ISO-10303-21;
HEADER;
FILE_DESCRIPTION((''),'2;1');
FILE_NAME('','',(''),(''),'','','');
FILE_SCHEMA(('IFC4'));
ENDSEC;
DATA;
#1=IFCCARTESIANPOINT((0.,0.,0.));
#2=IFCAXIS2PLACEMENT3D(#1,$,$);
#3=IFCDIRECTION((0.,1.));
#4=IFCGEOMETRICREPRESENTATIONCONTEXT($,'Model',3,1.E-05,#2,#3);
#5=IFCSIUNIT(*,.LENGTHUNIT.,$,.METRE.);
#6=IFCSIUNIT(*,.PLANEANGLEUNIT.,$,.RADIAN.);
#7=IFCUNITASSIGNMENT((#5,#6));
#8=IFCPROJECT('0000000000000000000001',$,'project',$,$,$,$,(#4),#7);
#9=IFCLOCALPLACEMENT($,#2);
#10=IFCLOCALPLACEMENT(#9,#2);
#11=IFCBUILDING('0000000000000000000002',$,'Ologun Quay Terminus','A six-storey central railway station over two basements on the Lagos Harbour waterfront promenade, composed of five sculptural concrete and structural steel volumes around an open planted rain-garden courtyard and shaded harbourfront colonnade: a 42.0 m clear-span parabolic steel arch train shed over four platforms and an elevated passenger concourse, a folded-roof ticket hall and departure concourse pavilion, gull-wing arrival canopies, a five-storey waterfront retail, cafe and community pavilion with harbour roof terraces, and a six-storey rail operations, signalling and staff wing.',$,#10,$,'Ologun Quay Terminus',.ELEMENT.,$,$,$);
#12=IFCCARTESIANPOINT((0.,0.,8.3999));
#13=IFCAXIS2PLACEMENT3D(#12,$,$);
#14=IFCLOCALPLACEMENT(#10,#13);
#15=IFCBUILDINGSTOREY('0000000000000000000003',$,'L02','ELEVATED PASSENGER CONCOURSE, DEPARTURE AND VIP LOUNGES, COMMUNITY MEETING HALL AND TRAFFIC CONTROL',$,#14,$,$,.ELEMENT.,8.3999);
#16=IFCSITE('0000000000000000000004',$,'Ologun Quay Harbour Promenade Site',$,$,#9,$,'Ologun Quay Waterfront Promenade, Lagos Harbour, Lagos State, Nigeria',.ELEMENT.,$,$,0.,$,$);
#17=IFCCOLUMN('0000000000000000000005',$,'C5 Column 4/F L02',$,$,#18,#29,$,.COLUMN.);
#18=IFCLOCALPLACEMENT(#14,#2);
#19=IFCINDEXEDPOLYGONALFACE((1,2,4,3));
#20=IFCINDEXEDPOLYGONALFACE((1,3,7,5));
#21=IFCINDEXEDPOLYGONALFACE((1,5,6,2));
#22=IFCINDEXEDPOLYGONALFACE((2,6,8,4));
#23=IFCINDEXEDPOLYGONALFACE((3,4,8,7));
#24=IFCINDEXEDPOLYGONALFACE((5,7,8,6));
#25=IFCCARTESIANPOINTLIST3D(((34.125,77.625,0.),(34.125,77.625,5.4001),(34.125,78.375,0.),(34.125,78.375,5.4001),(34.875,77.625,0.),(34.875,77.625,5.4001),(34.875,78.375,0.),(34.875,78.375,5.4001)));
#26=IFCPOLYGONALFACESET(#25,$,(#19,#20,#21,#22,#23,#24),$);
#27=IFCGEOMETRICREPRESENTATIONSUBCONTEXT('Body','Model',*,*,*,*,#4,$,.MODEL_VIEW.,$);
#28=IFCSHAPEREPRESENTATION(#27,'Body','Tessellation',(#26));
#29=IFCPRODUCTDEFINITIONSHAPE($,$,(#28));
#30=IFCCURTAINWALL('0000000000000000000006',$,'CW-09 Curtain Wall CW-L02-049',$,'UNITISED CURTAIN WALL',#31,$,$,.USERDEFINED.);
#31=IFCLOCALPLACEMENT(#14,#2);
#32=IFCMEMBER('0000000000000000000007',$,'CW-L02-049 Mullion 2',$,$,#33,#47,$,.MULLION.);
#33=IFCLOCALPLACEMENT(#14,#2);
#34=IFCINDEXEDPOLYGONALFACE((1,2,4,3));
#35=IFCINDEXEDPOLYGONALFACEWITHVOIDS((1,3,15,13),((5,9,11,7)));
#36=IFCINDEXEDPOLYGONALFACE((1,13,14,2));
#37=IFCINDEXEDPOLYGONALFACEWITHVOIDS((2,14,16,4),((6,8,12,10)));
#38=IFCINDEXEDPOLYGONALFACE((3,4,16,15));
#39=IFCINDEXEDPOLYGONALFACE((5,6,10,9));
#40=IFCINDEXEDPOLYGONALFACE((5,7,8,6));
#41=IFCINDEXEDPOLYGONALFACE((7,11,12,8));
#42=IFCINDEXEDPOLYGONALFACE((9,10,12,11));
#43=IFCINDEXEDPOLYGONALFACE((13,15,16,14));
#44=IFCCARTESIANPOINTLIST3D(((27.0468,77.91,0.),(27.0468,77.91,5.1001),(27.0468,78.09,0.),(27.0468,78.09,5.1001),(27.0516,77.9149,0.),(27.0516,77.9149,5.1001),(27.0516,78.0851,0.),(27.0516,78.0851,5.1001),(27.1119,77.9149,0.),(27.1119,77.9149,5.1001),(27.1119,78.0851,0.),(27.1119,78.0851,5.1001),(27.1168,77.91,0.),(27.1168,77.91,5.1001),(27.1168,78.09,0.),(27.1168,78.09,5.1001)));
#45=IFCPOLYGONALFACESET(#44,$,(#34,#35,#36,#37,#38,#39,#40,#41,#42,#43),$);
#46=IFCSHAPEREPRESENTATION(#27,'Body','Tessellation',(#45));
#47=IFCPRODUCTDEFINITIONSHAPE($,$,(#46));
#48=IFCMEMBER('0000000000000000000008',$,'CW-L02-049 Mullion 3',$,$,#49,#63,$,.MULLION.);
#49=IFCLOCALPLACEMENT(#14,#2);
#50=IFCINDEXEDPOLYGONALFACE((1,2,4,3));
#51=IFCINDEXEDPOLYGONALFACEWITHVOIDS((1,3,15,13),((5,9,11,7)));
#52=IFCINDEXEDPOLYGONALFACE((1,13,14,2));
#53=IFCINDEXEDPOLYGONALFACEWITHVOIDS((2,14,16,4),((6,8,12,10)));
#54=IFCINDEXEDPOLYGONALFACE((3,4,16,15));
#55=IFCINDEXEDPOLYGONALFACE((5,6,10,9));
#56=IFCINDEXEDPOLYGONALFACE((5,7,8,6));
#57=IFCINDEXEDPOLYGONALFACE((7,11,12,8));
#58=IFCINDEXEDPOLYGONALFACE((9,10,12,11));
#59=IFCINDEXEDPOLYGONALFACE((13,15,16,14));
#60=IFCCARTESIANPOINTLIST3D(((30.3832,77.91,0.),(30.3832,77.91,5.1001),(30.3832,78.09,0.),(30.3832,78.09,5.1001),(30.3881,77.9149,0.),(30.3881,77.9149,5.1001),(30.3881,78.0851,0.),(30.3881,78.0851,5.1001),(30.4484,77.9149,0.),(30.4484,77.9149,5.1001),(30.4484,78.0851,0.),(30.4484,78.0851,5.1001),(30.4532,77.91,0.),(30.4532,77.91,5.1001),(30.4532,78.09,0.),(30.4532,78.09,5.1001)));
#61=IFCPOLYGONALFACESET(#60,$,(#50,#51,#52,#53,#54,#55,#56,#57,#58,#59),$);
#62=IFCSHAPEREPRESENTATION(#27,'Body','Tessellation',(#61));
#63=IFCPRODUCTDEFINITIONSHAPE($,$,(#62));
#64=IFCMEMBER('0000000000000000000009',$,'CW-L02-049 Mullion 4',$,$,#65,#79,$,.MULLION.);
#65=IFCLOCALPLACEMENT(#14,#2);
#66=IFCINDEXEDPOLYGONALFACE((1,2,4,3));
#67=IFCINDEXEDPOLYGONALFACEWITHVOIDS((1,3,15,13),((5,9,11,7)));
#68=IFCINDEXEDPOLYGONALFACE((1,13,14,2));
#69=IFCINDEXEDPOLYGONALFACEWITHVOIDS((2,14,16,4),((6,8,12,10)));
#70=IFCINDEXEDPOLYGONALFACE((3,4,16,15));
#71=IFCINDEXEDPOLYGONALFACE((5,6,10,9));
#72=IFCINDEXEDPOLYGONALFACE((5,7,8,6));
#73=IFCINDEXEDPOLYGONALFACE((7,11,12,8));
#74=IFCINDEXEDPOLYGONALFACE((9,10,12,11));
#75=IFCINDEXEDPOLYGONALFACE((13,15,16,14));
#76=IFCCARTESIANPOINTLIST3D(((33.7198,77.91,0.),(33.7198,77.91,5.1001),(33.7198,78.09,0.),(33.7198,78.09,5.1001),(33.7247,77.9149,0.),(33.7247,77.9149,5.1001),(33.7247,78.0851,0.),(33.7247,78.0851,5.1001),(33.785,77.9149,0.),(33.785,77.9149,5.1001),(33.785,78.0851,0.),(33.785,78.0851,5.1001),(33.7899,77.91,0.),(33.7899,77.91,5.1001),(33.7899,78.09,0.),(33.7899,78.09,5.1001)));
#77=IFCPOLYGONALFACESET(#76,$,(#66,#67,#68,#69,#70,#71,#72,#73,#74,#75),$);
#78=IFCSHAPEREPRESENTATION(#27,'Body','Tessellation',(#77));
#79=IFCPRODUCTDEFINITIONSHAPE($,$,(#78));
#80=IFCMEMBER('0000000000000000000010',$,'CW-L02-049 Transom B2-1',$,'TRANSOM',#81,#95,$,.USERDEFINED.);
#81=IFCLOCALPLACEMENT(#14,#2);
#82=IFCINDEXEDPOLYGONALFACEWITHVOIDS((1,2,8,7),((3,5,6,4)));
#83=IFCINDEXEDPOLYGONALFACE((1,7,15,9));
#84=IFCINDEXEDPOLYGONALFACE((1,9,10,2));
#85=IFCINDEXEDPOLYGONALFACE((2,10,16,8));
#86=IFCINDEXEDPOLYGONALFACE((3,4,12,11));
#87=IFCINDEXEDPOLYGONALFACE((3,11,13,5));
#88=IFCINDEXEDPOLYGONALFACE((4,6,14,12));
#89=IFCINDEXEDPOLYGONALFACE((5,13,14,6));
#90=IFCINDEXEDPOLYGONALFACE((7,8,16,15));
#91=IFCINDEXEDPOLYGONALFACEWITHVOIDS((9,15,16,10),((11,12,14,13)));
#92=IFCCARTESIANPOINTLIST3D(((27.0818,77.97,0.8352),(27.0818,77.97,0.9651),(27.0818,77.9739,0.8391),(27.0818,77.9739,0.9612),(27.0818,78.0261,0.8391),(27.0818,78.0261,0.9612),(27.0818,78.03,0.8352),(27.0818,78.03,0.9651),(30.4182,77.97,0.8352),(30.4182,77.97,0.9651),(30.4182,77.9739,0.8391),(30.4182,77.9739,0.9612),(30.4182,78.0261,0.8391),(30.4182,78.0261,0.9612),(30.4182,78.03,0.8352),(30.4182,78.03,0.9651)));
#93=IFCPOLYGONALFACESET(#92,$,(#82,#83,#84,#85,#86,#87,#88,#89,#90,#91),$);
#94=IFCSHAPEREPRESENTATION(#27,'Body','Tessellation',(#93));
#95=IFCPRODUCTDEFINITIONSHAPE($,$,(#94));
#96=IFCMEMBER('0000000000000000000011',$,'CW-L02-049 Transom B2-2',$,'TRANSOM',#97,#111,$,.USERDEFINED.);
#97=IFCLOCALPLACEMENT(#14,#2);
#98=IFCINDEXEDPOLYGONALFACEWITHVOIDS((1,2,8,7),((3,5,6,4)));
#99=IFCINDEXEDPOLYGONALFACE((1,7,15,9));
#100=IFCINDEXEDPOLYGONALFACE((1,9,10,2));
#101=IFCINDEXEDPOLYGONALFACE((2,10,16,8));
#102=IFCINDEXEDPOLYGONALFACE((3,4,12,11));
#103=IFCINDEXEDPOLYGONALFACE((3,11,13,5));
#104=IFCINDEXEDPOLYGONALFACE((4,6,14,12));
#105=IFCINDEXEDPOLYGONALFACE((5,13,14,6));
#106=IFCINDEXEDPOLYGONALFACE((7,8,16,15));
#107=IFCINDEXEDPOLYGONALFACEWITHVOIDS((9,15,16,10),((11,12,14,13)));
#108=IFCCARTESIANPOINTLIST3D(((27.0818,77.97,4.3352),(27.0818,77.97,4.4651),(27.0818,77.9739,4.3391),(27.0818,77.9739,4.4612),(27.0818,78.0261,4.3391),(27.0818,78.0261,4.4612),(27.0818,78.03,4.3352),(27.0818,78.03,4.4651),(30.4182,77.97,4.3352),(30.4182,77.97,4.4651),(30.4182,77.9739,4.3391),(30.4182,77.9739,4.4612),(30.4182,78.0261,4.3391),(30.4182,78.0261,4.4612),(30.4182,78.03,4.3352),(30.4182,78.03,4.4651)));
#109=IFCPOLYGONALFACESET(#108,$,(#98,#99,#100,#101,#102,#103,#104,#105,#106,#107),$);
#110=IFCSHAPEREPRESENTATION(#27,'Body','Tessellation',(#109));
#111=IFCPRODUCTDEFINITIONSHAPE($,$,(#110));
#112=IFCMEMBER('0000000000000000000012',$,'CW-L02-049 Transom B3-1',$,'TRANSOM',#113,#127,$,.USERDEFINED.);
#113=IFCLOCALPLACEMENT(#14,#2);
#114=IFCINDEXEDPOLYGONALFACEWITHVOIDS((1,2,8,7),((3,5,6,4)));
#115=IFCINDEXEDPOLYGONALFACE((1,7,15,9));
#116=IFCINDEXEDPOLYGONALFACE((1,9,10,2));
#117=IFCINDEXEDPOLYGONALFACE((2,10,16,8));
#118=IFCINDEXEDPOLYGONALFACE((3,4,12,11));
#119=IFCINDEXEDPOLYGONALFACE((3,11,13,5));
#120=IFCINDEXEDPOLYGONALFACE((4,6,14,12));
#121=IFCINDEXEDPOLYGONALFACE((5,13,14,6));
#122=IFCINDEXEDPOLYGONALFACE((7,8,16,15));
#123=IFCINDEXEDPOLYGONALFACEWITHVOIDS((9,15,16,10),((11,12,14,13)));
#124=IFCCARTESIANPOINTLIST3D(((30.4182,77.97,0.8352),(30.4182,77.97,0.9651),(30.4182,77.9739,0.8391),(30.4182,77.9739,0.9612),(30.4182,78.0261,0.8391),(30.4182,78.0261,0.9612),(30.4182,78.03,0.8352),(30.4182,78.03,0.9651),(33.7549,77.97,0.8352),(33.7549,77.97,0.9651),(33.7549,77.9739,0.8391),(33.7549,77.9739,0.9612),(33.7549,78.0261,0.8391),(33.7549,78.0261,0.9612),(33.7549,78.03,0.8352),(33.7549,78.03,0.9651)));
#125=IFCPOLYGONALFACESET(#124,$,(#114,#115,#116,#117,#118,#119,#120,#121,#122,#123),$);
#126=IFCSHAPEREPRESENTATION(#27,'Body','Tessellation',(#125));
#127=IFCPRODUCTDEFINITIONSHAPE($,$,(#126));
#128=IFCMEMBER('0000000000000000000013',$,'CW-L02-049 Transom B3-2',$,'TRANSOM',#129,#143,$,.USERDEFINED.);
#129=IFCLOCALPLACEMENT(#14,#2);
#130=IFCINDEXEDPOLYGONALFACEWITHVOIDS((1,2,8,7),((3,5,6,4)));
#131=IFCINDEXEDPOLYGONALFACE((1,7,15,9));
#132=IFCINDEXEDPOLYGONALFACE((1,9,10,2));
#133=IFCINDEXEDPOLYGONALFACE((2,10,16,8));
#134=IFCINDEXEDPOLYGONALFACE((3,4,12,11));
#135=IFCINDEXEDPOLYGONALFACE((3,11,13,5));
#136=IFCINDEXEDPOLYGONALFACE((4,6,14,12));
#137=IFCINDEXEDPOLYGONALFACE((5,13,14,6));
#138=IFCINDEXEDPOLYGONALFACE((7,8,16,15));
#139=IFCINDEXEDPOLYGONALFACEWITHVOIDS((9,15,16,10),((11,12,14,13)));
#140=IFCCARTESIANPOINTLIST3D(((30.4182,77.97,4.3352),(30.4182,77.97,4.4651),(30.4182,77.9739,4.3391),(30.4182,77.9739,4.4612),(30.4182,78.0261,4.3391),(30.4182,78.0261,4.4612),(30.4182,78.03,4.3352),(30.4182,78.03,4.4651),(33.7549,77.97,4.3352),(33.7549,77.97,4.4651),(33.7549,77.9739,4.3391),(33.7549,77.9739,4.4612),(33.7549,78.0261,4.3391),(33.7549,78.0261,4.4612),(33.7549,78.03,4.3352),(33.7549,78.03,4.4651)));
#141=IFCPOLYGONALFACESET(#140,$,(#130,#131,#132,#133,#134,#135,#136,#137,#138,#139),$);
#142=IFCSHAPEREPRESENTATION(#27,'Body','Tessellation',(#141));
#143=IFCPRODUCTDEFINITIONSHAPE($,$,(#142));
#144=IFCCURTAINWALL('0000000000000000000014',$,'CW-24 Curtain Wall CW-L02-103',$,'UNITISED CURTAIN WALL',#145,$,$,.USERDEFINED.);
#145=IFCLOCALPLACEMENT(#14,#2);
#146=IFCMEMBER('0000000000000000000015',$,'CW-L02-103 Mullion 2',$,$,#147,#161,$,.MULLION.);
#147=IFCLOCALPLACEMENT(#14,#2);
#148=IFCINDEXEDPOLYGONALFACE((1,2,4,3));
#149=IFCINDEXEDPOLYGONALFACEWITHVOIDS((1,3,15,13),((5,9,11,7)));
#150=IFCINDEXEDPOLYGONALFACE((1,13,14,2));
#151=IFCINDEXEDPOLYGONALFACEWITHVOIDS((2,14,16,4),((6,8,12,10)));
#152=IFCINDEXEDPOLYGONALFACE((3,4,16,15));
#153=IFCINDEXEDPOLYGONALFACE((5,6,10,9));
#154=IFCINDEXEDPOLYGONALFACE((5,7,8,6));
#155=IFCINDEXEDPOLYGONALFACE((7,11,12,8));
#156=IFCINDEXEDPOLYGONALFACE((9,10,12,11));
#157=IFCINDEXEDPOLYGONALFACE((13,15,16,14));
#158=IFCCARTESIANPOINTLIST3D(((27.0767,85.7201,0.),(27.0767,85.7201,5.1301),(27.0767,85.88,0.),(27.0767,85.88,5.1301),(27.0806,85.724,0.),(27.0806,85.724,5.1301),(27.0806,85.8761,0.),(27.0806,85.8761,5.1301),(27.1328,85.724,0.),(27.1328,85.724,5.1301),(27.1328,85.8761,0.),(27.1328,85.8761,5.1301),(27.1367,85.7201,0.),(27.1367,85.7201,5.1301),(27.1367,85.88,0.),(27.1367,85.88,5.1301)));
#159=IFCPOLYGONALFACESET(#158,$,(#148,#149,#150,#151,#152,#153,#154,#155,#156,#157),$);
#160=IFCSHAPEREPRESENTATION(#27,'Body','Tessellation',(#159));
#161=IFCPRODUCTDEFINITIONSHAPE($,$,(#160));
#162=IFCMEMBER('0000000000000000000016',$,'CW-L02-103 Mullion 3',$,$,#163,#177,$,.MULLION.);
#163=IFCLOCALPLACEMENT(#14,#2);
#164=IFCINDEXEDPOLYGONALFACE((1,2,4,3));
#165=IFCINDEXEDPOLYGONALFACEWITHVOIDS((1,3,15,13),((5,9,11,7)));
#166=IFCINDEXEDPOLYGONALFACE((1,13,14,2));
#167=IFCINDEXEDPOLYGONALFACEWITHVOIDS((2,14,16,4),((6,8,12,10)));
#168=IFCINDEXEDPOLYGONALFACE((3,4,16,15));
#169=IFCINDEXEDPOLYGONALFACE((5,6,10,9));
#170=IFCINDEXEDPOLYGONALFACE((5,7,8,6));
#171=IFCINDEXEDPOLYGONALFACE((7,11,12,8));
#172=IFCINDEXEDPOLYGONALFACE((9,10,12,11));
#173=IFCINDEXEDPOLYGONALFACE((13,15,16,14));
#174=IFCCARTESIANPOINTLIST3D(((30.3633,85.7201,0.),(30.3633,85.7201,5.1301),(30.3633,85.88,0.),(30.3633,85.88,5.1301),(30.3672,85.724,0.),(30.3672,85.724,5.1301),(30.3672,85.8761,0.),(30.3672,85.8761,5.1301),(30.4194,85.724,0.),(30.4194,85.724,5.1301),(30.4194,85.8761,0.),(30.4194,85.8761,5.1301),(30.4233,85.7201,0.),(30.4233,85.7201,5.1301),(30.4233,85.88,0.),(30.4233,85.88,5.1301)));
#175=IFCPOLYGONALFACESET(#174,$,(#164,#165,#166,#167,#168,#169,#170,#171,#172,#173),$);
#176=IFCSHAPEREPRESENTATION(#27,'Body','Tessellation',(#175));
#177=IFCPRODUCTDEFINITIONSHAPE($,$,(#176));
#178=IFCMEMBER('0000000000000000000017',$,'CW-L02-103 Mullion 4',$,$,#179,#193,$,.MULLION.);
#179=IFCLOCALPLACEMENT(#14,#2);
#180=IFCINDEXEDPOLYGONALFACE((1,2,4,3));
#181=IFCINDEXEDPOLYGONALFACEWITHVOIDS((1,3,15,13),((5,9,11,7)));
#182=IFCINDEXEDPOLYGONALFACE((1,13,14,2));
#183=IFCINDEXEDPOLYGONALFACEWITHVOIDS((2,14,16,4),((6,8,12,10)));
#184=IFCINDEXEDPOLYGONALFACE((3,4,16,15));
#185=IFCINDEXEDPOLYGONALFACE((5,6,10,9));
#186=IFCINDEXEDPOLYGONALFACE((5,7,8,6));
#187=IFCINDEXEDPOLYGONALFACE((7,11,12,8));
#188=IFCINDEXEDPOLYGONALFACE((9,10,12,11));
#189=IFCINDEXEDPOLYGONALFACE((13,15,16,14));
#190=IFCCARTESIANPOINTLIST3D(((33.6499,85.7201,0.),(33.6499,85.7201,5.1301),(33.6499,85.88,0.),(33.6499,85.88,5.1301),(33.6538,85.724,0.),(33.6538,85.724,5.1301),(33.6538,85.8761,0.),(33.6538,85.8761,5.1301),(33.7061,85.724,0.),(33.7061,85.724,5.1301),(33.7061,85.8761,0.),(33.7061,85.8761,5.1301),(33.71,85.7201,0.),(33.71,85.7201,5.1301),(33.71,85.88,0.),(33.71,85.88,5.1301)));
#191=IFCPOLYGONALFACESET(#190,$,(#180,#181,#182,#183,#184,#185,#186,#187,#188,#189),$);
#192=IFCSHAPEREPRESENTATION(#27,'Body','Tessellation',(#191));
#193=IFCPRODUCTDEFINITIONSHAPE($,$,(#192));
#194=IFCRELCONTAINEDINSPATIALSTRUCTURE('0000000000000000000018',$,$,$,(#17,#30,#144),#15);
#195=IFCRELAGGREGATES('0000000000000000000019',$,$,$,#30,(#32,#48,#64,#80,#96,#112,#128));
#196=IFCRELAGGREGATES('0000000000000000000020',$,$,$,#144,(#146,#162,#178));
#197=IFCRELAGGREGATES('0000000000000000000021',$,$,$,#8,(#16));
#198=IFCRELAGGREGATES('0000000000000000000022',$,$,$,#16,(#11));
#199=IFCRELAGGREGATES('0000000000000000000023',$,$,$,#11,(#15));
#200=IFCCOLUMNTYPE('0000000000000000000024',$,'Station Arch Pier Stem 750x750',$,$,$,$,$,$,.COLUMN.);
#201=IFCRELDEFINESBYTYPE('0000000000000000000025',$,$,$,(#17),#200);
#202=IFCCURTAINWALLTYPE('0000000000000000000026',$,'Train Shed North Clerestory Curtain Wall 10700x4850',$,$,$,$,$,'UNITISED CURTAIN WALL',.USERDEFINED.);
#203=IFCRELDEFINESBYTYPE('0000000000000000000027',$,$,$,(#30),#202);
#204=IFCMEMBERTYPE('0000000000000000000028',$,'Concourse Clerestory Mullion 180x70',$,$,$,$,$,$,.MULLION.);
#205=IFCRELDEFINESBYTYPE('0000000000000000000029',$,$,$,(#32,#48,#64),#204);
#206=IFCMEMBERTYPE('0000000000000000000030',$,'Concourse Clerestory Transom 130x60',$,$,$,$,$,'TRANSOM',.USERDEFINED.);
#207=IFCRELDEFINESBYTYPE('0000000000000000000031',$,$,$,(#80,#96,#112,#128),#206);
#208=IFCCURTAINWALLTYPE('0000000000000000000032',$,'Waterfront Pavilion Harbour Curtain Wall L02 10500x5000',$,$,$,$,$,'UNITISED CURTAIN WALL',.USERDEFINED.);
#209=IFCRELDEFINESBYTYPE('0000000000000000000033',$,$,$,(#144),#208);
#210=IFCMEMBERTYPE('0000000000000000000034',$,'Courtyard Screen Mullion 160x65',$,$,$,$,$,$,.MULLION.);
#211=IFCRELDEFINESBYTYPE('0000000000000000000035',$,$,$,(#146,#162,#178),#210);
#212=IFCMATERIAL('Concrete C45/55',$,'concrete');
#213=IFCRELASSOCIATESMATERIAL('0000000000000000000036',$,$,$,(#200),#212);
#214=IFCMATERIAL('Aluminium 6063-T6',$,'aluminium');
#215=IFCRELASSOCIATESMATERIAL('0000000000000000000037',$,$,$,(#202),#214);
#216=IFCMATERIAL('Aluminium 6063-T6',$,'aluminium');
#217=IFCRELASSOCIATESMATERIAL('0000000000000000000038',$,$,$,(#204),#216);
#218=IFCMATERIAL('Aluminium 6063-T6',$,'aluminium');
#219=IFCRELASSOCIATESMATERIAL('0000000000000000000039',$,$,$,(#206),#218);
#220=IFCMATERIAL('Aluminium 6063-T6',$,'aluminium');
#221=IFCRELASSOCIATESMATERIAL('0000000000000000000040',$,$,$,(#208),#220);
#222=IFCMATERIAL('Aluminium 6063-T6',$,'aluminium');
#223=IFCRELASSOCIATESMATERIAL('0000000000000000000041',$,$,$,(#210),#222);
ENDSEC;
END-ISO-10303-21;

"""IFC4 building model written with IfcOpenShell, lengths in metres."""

from ifc_helpers import new_model, si_unit, direction, frame, origin, origin_2d, place, context, subcontext, project, spatial, rectangle, hollow_rectangle, extrude, material, material_profile, profile_set, type_object, element, aggregate, save


model = new_model("IFC4")

# Units and contexts
model_context = context("Model", 3, precision=1e-05, world=origin(), true_north=direction((0.0, 1.0)))
body_context = subcontext(model_context, "Body", "Model", "MODEL_VIEW")
ifc_project = project(units=[si_unit("LENGTHUNIT", "METRE"), si_unit("PLANEANGLEUNIT", "RADIAN")], contexts=[model_context])

# Site, building, storey
site_placement = place(None, origin())
site = spatial("IfcSite", under=ifc_project, at=site_placement, Name="Ologun Quay Harbour Promenade Site", LongName="Ologun Quay Waterfront Promenade, Lagos Harbour, Lagos State, Nigeria", CompositionType="ELEMENT", RefElevation=0.0)
building_placement = place(site_placement, origin())
building = spatial("IfcBuilding", under=site, at=building_placement, Name="Ologun Quay Terminus", Description="A six-storey central railway station over two basements on the Lagos Harbour waterfront promenade, composed of five sculptural concrete and structural steel volumes around an open planted rain-garden courtyard and shaded harbourfront colonnade: a 42.0 m clear-span parabolic steel arch train shed over four platforms and an elevated passenger concourse, a folded-roof ticket hall and departure concourse pavilion, gull-wing arrival canopies, a five-storey waterfront retail, cafe and community pavilion with harbour roof terraces, and a six-storey rail operations, signalling and staff wing.", LongName="Ologun Quay Terminus", CompositionType="ELEMENT")
storey_placement = place(building_placement, frame((0.0, 0.0, 8.3999)))
storey = spatial("IfcBuildingStorey", under=building, at=storey_placement, Name="L02", Description="ELEVATED PASSENGER CONCOURSE, DEPARTURE AND VIP LOUNGES, COMMUNITY MEETING HALL AND TRAFFIC CONTROL", CompositionType="ELEMENT", Elevation=8.3999)

# Column
ifc_material_1 = material(Name="Concrete C45/55", Category="concrete")
ifc_material_profile_1 = material_profile(ifc_material_1, rectangle(XDim=0.75, YDim=0.75, at=origin_2d()), Name="RC 750x750")
ifc_profile_set_1 = profile_set([ifc_material_profile_1], Name="Concrete C45/55")
column_type = type_object("IfcColumnType", Name="Station Arch Pier Stem 750x750", PredefinedType="COLUMN", material=ifc_profile_set_1)
column_placement = place(storey_placement, frame((34.5, 78.0, 0.0), z_axis=(0.0, 0.0, 1.0), x_axis=(1.0, 0.0, 0.0)))
element("IfcColumn", 1, at=column_placement, inside=storey, type_object=column_type, Name="C5 Column 4/F L02", PredefinedType="COLUMN", context=body_context, shape_type="SweptSolid", body=[
    extrude(rectangle(XDim=0.75, YDim=0.75, at=origin_2d()), origin(), (0.0, 0.0, 1.0), 5.4001),
])

# Curtain walls, members
ifc_material_2 = material(Name="Aluminium 6063-T6", Category="aluminium")
curtain_wall_type_1 = type_object("IfcCurtainWallType", Name="Train Shed North Clerestory Curtain Wall 10700x4850", ElementType="UNITISED CURTAIN WALL", PredefinedType="USERDEFINED", material=ifc_material_2)
curtain_wall_1_placement = place(storey_placement, origin())
curtain_wall_1 = element("IfcCurtainWall", 2, at=curtain_wall_1_placement, inside=storey, type_object=curtain_wall_type_1, Name="CW-09 Curtain Wall CW-L02-049", ObjectType="UNITISED CURTAIN WALL", PredefinedType="USERDEFINED")
ifc_material_3 = material(Name="Aluminium 6063-T6", Category="aluminium")
ifc_material_profile_2 = material_profile(ifc_material_3, hollow_rectangle(XDim=0.0701, YDim=0.1799, WallThickness=0.0049, at=origin_2d()), Name="ALU 180x70x5")
ifc_profile_set_2 = profile_set([ifc_material_profile_2], Name="Aluminium 6063-T6")
member_type_1 = type_object("IfcMemberType", Name="Concourse Clerestory Mullion 180x70", PredefinedType="MULLION", material=ifc_profile_set_2)
member_1_placement = place(storey_placement, frame((27.0818, 78.0, 0.0), z_axis=(0.0, 0.0, 1.0), x_axis=(1.0, 0.0, 0.0)))
member_1 = element("IfcMember", 3, at=member_1_placement, type_object=member_type_1, Name="CW-L02-049 Mullion 2", PredefinedType="MULLION", context=body_context, shape_type="SweptSolid", body=[
    extrude(hollow_rectangle(XDim=0.0701, YDim=0.1799, WallThickness=0.0049, at=origin_2d()), origin(), (0.0, 0.0, 1.0), 5.1001),
])
member_2_placement = place(storey_placement, frame((30.4182, 78.0, 0.0), z_axis=(0.0, 0.0, 1.0), x_axis=(1.0, 0.0, 0.0)))
member_2 = element("IfcMember", 4, at=member_2_placement, type_object=member_type_1, Name="CW-L02-049 Mullion 3", PredefinedType="MULLION", context=body_context, shape_type="SweptSolid", body=[
    extrude(hollow_rectangle(XDim=0.0701, YDim=0.1799, WallThickness=0.0049, at=origin_2d()), origin(), (0.0, 0.0, 1.0), 5.1001),
])
member_3_placement = place(storey_placement, frame((33.7549, 78.0, 0.0), z_axis=(0.0, 0.0, 1.0), x_axis=(1.0, 0.0, 0.0)))
member_3 = element("IfcMember", 5, at=member_3_placement, type_object=member_type_1, Name="CW-L02-049 Mullion 4", PredefinedType="MULLION", context=body_context, shape_type="SweptSolid", body=[
    extrude(hollow_rectangle(XDim=0.0701, YDim=0.1799, WallThickness=0.0049, at=origin_2d()), origin(), (0.0, 0.0, 1.0), 5.1001),
])
ifc_material_4 = material(Name="Aluminium 6063-T6", Category="aluminium")
ifc_material_profile_3 = material_profile(ifc_material_4, hollow_rectangle(XDim=0.0601, YDim=0.1299, WallThickness=0.0039, at=origin_2d()), Name="ALU 130x60x4")
ifc_profile_set_3 = profile_set([ifc_material_profile_3], Name="Aluminium 6063-T6")
member_type_2 = type_object("IfcMemberType", Name="Concourse Clerestory Transom 130x60", ElementType="TRANSOM", PredefinedType="USERDEFINED", material=ifc_profile_set_3)
member_4_placement = place(storey_placement, frame((27.0818, 78.0, 0.9001), z_axis=(1.0, 0.0, 0.0), x_axis=(0.0, 1.0, 0.0)))
member_4 = element("IfcMember", 6, at=member_4_placement, type_object=member_type_2, Name="CW-L02-049 Transom B2-1", ObjectType="TRANSOM", PredefinedType="USERDEFINED", context=body_context, shape_type="SweptSolid", body=[
    extrude(hollow_rectangle(XDim=0.0601, YDim=0.1299, WallThickness=0.0039, at=origin_2d()), origin(), (0.0, 0.0, 1.0), 3.3364),
])
member_5_placement = place(storey_placement, frame((27.0818, 78.0, 4.4001), z_axis=(1.0, 0.0, 0.0), x_axis=(0.0, 1.0, 0.0)))
member_5 = element("IfcMember", 7, at=member_5_placement, type_object=member_type_2, Name="CW-L02-049 Transom B2-2", ObjectType="TRANSOM", PredefinedType="USERDEFINED", context=body_context, shape_type="SweptSolid", body=[
    extrude(hollow_rectangle(XDim=0.0601, YDim=0.1299, WallThickness=0.0039, at=origin_2d()), origin(), (0.0, 0.0, 1.0), 3.3364),
])
member_6_placement = place(storey_placement, frame((30.4182, 78.0, 0.9001), z_axis=(1.0, 0.0, 0.0), x_axis=(0.0, 1.0, 0.0)))
member_6 = element("IfcMember", 8, at=member_6_placement, type_object=member_type_2, Name="CW-L02-049 Transom B3-1", ObjectType="TRANSOM", PredefinedType="USERDEFINED", context=body_context, shape_type="SweptSolid", body=[
    extrude(hollow_rectangle(XDim=0.0601, YDim=0.1299, WallThickness=0.0039, at=origin_2d()), origin(), (0.0, 0.0, 1.0), 3.3367),
])
member_7_placement = place(storey_placement, frame((30.4182, 78.0, 4.4001), z_axis=(1.0, 0.0, 0.0), x_axis=(0.0, 1.0, 0.0)))
member_7 = element("IfcMember", 9, at=member_7_placement, type_object=member_type_2, Name="CW-L02-049 Transom B3-2", ObjectType="TRANSOM", PredefinedType="USERDEFINED", context=body_context, shape_type="SweptSolid", body=[
    extrude(hollow_rectangle(XDim=0.0601, YDim=0.1299, WallThickness=0.0039, at=origin_2d()), origin(), (0.0, 0.0, 1.0), 3.3367),
])
ifc_material_5 = material(Name="Aluminium 6063-T6", Category="aluminium")
curtain_wall_type_2 = type_object("IfcCurtainWallType", Name="Waterfront Pavilion Harbour Curtain Wall L02 10500x5000", ElementType="UNITISED CURTAIN WALL", PredefinedType="USERDEFINED", material=ifc_material_5)
curtain_wall_2_placement = place(storey_placement, origin())
curtain_wall_2 = element("IfcCurtainWall", 10, at=curtain_wall_2_placement, inside=storey, type_object=curtain_wall_type_2, Name="CW-24 Curtain Wall CW-L02-103", ObjectType="UNITISED CURTAIN WALL", PredefinedType="USERDEFINED")
ifc_material_6 = material(Name="Aluminium 6063-T6", Category="aluminium")
ifc_material_profile_4 = material_profile(ifc_material_6, hollow_rectangle(XDim=0.0601, YDim=0.1599, WallThickness=0.0039, at=origin_2d()), Name="ALU 160x60x4")
ifc_profile_set_4 = profile_set([ifc_material_profile_4], Name="Aluminium 6063-T6")
member_type_3 = type_object("IfcMemberType", Name="Courtyard Screen Mullion 160x65", PredefinedType="MULLION", material=ifc_profile_set_4)
member_8_placement = place(storey_placement, frame((27.1067, 85.8, 0.0), z_axis=(0.0, 0.0, 1.0), x_axis=(1.0, 0.0, 0.0)))
member_8 = element("IfcMember", 11, at=member_8_placement, type_object=member_type_3, Name="CW-L02-103 Mullion 2", PredefinedType="MULLION", context=body_context, shape_type="SweptSolid", body=[
    extrude(hollow_rectangle(XDim=0.0601, YDim=0.1599, WallThickness=0.0039, at=origin_2d()), origin(), (0.0, 0.0, 1.0), 5.1301),
])
member_9_placement = place(storey_placement, frame((30.3933, 85.8, 0.0), z_axis=(0.0, 0.0, 1.0), x_axis=(1.0, 0.0, 0.0)))
member_9 = element("IfcMember", 12, at=member_9_placement, type_object=member_type_3, Name="CW-L02-103 Mullion 3", PredefinedType="MULLION", context=body_context, shape_type="SweptSolid", body=[
    extrude(hollow_rectangle(XDim=0.0601, YDim=0.1599, WallThickness=0.0039, at=origin_2d()), origin(), (0.0, 0.0, 1.0), 5.1301),
])
member_10_placement = place(storey_placement, frame((33.6799, 85.8, 0.0), z_axis=(0.0, 0.0, 1.0), x_axis=(1.0, 0.0, 0.0)))
member_10 = element("IfcMember", 13, at=member_10_placement, type_object=member_type_3, Name="CW-L02-103 Mullion 4", PredefinedType="MULLION", context=body_context, shape_type="SweptSolid", body=[
    extrude(hollow_rectangle(XDim=0.0601, YDim=0.1599, WallThickness=0.0039, at=origin_2d()), origin(), (0.0, 0.0, 1.0), 5.1301),
])

aggregate(curtain_wall_1, [member_1, member_2, member_3, member_4, member_5, member_6, member_7])
aggregate(curtain_wall_2, [member_8, member_9, member_10])

save(model, "model.ifc")
